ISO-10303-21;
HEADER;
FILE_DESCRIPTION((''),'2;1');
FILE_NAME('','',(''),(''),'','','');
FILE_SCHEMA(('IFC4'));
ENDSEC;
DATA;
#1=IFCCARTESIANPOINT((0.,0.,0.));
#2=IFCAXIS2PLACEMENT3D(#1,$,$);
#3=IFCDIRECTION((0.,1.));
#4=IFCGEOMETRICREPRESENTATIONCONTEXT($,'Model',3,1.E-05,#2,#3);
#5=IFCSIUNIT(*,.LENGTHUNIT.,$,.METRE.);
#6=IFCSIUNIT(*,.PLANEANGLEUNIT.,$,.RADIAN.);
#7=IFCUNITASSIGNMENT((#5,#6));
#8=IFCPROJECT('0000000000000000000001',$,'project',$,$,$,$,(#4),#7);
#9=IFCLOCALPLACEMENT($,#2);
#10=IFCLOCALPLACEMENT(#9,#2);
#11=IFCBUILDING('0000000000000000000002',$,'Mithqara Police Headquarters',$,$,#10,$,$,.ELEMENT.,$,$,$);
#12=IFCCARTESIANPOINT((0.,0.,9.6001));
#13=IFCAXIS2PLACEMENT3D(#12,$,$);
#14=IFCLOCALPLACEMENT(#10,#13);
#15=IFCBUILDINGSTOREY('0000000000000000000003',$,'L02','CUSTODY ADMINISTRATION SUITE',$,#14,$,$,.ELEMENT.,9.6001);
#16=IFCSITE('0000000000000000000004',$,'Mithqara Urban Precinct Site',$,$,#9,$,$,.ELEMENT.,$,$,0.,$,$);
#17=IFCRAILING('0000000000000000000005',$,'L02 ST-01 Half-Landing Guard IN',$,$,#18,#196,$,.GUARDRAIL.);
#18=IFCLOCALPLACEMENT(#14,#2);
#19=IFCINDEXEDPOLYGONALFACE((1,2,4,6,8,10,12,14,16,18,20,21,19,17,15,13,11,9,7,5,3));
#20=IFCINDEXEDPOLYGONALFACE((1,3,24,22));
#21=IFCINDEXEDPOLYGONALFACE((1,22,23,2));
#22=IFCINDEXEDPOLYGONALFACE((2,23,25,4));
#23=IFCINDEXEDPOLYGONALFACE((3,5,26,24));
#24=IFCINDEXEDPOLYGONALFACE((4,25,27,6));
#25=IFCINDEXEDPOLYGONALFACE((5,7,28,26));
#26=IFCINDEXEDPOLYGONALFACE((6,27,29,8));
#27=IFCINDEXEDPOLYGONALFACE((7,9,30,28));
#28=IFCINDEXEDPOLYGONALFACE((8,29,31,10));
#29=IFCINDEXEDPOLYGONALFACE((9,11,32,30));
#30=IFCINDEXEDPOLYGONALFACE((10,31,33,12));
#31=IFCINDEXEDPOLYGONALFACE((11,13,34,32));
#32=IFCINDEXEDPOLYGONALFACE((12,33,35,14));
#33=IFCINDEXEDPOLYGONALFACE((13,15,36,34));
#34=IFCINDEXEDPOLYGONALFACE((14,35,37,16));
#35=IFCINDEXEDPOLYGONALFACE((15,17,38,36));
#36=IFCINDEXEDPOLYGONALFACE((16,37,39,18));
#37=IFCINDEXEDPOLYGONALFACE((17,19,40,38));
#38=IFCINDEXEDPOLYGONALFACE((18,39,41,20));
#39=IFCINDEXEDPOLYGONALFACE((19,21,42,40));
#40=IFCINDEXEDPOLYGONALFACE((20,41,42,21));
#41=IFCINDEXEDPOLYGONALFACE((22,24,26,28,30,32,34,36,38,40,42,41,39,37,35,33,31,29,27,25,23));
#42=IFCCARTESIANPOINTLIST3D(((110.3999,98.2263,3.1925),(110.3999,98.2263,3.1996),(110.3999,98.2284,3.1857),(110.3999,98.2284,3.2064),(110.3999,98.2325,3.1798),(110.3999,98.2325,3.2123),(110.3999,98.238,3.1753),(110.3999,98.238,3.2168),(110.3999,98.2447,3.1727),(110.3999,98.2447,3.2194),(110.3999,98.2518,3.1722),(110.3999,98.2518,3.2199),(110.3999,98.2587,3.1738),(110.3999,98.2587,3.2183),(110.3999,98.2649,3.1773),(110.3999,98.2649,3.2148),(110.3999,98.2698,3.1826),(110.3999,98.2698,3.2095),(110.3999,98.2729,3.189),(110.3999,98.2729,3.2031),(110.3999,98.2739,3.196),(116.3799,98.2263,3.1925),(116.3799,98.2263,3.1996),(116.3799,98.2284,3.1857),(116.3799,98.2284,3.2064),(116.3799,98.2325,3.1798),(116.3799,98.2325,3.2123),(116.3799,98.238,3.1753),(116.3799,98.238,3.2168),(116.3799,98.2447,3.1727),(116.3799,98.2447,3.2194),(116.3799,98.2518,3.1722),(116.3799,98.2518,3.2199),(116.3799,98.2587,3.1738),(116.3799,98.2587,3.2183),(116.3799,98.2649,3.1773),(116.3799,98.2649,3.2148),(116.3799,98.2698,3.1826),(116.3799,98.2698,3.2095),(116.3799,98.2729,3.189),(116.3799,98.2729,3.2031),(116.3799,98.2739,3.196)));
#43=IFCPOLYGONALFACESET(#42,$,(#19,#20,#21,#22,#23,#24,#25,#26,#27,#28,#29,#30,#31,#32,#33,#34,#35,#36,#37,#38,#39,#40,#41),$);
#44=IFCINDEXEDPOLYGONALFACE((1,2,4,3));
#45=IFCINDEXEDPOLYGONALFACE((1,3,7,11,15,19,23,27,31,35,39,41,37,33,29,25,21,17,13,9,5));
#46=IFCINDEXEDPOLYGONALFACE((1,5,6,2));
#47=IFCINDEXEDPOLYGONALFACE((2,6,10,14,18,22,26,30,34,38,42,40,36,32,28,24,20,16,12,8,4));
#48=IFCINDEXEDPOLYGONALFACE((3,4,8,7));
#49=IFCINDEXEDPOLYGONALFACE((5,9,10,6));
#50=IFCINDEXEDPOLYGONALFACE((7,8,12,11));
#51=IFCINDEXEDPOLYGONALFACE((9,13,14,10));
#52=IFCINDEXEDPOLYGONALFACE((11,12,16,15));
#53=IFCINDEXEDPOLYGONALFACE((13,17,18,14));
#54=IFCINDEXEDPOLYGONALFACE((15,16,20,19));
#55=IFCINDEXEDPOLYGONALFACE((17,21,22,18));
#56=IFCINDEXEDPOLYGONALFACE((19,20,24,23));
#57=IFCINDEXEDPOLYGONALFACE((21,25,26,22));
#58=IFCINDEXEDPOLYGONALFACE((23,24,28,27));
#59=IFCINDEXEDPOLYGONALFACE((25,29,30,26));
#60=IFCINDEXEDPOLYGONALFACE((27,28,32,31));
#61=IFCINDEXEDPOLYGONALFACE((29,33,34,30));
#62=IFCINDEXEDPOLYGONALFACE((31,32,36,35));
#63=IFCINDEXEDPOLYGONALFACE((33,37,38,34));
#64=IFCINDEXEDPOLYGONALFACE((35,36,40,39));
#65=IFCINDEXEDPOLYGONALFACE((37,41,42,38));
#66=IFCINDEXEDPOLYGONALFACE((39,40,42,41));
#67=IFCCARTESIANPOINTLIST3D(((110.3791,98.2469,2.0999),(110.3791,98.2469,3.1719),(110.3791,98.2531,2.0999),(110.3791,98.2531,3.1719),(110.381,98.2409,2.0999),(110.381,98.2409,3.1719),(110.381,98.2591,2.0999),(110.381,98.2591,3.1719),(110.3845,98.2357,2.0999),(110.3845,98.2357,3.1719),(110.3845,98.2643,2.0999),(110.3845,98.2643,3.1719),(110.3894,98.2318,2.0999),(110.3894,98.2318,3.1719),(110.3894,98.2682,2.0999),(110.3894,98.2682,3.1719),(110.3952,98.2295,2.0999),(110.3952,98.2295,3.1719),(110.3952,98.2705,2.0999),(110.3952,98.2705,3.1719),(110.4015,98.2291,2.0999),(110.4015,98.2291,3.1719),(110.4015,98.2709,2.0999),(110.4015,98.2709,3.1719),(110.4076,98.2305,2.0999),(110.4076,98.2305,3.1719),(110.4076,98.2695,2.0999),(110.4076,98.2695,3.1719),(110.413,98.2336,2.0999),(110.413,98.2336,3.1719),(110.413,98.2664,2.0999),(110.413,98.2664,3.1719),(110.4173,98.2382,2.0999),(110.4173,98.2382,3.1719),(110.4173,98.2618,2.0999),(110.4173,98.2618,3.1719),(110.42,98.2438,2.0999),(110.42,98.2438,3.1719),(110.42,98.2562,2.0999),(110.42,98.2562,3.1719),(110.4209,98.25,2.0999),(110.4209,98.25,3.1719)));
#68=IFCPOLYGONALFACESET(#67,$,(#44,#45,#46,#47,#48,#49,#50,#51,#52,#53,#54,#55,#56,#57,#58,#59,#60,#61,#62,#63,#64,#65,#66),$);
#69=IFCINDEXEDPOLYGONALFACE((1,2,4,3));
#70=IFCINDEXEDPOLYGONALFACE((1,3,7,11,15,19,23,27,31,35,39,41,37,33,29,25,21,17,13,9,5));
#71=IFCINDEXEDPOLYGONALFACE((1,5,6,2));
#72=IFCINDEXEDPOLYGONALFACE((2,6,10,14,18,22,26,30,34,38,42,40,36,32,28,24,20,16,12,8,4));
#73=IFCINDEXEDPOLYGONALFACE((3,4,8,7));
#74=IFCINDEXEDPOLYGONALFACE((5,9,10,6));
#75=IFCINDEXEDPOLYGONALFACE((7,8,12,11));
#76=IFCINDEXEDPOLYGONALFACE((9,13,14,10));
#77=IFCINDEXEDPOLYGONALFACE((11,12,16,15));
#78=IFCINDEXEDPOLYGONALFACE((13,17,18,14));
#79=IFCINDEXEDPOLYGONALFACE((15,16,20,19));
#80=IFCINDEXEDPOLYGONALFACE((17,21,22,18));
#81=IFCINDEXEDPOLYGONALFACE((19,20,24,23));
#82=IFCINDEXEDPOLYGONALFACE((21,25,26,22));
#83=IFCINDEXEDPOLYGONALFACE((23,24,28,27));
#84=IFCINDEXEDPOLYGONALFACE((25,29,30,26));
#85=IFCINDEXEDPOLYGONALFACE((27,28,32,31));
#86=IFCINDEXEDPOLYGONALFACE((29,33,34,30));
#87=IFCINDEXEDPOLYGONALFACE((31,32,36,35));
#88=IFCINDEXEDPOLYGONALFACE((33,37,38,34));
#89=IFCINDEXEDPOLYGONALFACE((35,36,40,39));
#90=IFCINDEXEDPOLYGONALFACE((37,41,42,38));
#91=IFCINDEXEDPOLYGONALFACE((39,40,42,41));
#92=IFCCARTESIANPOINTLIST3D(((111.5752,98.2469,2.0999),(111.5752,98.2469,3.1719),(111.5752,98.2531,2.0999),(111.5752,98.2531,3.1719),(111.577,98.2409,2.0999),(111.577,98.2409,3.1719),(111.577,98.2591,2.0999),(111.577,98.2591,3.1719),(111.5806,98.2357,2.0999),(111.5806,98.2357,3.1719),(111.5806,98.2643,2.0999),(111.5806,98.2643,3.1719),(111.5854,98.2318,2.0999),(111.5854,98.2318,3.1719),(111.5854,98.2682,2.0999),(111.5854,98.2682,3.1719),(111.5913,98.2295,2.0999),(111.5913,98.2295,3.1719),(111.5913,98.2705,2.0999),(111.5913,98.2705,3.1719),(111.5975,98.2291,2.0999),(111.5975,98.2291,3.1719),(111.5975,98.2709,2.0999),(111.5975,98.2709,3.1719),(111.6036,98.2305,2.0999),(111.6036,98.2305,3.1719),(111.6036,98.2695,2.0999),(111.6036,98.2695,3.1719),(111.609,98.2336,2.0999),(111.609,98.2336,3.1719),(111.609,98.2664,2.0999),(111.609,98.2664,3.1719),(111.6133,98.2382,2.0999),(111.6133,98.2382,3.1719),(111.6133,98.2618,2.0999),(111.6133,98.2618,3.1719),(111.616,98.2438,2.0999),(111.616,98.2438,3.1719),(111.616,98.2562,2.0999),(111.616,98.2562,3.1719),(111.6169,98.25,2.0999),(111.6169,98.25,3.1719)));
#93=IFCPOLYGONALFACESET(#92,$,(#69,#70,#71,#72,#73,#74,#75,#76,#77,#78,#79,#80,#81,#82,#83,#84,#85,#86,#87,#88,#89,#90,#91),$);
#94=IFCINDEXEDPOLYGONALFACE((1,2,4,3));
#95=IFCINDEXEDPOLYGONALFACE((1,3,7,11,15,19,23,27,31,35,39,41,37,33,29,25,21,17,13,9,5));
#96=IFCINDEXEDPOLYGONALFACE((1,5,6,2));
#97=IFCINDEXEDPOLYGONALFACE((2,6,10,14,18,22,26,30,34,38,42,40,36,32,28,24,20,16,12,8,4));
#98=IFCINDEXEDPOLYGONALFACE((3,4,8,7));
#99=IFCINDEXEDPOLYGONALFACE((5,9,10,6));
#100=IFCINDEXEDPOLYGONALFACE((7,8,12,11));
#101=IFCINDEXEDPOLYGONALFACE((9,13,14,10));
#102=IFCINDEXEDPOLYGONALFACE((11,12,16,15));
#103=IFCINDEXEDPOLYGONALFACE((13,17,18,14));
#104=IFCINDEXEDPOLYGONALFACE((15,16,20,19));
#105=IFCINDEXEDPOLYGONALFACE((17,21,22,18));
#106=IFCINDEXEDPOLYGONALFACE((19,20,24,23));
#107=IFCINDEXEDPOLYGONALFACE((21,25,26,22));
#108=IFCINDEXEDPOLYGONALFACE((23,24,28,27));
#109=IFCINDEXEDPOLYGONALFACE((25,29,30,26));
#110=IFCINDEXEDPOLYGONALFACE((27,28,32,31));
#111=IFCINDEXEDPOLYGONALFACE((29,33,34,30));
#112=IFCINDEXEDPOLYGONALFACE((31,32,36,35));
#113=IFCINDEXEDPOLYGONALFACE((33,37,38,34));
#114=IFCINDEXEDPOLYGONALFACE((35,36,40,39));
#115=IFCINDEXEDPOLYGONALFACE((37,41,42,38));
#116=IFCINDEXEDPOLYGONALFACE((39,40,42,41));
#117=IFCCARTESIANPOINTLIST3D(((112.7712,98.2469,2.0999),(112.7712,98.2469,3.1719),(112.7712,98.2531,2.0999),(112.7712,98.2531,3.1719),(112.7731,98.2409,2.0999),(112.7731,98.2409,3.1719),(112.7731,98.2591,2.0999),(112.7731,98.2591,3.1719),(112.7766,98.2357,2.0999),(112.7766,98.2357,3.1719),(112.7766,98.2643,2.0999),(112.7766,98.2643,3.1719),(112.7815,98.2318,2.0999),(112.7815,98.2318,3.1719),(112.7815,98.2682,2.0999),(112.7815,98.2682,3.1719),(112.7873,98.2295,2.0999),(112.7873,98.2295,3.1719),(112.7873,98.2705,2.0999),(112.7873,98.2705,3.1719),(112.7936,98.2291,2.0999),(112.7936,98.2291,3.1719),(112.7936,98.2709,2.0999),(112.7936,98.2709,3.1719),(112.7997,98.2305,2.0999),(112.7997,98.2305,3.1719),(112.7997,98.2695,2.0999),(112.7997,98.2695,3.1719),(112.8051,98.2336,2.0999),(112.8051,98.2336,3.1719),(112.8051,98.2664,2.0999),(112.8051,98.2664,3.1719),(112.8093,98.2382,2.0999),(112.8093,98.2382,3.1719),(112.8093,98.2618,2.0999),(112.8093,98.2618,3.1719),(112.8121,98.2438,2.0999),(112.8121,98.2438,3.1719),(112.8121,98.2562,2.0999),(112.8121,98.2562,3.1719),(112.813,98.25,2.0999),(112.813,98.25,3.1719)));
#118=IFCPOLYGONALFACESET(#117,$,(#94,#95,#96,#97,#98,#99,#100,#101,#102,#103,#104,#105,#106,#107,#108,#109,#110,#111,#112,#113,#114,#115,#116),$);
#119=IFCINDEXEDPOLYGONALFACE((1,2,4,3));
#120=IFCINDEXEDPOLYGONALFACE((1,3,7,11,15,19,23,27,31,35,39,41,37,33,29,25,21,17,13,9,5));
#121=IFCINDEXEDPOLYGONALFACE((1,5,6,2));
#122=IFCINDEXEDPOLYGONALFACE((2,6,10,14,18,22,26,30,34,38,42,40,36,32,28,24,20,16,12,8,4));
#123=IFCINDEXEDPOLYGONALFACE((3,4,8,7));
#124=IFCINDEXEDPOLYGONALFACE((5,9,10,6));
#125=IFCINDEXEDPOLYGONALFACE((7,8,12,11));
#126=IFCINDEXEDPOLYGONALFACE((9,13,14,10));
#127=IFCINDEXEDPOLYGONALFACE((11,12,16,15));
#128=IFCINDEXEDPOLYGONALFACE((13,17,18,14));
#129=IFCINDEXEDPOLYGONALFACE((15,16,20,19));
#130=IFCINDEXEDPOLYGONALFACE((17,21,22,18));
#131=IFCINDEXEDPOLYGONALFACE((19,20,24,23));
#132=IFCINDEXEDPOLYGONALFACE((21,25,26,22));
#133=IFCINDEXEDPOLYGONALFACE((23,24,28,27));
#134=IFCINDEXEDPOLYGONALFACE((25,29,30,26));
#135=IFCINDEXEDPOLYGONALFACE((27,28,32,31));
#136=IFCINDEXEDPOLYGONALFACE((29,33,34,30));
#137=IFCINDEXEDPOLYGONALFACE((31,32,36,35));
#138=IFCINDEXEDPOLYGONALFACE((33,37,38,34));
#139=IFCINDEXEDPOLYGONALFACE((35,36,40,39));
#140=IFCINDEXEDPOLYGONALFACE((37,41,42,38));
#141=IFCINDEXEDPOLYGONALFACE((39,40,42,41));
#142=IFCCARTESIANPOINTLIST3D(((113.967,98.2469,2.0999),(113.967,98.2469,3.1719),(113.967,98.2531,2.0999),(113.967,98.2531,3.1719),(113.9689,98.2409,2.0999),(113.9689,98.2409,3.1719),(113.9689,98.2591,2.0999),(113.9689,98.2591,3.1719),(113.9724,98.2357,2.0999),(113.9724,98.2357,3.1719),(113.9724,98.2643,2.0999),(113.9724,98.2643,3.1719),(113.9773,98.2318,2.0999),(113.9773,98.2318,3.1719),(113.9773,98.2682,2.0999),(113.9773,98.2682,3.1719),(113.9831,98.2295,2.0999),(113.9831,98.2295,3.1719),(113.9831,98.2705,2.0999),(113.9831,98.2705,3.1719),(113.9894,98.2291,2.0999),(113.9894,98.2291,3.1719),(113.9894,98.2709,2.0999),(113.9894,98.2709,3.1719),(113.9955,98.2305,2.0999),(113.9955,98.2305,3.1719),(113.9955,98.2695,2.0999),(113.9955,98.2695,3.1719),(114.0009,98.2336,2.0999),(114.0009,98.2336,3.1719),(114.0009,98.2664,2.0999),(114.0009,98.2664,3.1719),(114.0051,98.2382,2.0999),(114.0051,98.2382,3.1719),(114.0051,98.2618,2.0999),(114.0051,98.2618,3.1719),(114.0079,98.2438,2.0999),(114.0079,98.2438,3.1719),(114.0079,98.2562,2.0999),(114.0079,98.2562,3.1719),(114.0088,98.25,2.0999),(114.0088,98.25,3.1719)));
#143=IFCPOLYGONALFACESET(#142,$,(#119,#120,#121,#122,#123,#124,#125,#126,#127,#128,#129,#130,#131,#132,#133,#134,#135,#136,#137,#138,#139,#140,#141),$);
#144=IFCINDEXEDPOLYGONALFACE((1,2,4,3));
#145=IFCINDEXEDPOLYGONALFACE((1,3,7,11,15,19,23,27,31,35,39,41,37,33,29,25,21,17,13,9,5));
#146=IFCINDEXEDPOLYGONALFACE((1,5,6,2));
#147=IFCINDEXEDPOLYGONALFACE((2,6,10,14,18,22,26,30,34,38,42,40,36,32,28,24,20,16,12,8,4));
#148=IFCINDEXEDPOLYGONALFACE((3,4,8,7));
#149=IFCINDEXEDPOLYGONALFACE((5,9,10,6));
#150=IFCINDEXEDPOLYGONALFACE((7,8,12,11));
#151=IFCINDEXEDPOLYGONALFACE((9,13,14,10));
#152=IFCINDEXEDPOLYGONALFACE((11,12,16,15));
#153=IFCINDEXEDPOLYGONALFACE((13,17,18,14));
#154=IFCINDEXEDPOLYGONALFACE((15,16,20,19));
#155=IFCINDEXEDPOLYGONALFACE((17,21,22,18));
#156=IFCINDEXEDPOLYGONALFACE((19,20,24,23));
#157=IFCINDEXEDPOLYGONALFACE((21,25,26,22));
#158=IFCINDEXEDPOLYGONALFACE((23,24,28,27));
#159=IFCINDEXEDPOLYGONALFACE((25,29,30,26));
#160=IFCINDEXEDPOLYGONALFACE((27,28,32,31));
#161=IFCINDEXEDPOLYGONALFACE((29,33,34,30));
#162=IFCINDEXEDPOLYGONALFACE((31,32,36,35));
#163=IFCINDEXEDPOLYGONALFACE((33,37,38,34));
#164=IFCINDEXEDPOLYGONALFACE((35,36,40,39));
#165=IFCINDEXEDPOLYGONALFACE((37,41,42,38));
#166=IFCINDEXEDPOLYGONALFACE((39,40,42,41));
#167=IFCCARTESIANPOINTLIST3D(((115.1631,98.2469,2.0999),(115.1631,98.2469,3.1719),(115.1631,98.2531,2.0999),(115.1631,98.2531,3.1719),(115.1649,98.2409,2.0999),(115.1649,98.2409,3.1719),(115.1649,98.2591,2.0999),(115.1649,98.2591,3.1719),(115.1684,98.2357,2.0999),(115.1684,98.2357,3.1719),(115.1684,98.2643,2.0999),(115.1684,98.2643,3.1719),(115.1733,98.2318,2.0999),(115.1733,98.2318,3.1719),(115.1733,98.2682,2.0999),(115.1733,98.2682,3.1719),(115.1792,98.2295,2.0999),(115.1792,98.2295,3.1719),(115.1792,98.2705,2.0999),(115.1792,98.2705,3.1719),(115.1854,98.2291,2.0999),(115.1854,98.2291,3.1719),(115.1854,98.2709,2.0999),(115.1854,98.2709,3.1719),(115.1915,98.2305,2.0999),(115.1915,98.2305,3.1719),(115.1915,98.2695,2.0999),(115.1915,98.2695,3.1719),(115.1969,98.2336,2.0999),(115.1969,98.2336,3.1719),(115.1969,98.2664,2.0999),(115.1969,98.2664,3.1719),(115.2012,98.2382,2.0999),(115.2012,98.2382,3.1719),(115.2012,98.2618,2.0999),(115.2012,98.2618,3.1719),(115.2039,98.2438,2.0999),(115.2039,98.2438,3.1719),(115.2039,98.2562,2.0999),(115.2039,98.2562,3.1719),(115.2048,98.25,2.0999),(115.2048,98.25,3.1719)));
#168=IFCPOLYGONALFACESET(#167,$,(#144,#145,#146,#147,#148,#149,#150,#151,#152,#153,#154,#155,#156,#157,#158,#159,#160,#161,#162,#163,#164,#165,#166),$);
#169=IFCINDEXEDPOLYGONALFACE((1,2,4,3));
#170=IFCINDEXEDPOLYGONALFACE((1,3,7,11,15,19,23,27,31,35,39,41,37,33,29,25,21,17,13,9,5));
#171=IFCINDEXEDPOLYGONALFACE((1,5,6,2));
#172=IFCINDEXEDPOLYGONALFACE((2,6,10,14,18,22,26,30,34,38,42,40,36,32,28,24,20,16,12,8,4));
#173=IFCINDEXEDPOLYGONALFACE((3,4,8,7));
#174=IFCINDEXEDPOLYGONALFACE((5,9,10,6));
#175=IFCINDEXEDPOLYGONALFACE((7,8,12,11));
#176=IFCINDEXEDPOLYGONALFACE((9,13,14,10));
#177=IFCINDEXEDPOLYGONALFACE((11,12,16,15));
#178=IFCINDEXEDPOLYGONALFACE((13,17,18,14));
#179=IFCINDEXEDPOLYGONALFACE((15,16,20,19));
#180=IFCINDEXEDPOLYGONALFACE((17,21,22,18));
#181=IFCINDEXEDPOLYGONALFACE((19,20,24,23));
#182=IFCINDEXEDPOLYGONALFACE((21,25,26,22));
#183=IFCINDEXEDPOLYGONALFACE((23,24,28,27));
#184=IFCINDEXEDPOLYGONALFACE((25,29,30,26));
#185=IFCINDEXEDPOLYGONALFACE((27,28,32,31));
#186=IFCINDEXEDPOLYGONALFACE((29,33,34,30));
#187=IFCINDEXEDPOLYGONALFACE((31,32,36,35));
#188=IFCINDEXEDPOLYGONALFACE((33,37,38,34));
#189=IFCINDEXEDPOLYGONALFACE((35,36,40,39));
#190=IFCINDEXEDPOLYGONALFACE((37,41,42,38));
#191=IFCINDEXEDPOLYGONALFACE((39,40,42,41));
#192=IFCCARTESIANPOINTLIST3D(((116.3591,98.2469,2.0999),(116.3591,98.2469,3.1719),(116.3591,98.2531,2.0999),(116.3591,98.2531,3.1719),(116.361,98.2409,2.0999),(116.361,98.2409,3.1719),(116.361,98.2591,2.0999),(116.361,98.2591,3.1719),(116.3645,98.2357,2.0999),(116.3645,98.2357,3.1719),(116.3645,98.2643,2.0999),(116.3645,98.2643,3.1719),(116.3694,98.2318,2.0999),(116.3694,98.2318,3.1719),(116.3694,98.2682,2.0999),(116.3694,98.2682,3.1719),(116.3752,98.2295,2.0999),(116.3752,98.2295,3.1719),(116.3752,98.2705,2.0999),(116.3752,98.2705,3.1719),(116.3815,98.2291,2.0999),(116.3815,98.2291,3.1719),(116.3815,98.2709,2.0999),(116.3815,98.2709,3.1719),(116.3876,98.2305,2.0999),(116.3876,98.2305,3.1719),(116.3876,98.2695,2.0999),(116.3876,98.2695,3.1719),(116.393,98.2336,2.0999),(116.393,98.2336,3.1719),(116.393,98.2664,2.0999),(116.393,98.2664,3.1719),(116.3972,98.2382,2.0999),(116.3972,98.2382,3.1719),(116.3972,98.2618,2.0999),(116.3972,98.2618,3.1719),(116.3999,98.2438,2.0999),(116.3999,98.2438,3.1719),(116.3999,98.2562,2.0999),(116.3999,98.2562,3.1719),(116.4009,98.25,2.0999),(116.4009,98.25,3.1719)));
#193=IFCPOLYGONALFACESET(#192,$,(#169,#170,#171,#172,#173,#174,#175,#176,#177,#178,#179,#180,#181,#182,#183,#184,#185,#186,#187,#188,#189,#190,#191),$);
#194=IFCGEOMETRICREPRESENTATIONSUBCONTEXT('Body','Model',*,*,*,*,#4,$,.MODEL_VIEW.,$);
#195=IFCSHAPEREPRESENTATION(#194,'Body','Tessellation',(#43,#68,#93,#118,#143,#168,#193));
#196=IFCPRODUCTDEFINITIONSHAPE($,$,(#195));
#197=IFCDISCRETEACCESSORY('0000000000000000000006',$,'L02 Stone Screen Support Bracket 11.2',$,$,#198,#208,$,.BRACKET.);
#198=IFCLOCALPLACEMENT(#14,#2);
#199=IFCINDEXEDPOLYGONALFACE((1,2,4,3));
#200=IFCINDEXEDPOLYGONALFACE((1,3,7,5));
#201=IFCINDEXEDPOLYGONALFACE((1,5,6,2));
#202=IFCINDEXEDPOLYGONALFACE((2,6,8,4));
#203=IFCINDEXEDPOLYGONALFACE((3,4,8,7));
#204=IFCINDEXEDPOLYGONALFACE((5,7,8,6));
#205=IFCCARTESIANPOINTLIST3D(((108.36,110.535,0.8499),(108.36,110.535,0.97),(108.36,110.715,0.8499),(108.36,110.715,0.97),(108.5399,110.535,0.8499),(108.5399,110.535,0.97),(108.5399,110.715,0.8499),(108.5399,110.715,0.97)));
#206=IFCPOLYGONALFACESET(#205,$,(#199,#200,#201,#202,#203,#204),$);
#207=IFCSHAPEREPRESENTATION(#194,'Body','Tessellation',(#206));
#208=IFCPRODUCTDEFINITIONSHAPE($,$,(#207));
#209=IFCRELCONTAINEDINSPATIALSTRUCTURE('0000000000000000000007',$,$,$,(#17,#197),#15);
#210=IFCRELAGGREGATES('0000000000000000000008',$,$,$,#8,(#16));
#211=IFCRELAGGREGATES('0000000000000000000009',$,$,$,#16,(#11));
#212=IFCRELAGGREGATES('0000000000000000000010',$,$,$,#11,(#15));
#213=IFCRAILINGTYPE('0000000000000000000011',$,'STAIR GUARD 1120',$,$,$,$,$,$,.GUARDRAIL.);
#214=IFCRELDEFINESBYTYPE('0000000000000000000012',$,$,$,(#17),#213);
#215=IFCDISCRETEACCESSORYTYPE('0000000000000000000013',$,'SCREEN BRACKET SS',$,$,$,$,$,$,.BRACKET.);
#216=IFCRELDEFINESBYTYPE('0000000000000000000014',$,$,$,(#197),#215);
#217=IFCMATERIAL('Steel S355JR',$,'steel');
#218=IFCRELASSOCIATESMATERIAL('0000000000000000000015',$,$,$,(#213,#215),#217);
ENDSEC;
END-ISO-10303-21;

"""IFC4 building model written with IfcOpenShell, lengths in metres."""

from ifc_helpers import new_model, si_unit, direction, frame, origin, origin_2d, place, context, subcontext, project, spatial, rectangle, circle, extrude, material, type_object, element, save


model = new_model("IFC4")

# Units and contexts
model_context = context("Model", 3, precision=1e-05, world=origin(), true_north=direction((0.0, 1.0)))
body_context = subcontext(model_context, "Body", "Model", "MODEL_VIEW")
ifc_project = project(units=[si_unit("LENGTHUNIT", "METRE"), si_unit("PLANEANGLEUNIT", "RADIAN")], contexts=[model_context])

# Site, building, storey
site_placement = place(None, origin())
site = spatial("IfcSite", under=ifc_project, at=site_placement, Name="Mithqara Urban Precinct Site", CompositionType="ELEMENT", RefElevation=0.0)
building_placement = place(site_placement, origin())
building = spatial("IfcBuilding", under=site, at=building_placement, Name="Mithqara Police Headquarters", CompositionType="ELEMENT")
storey_placement = place(building_placement, frame((0.0, 0.0, 9.6001)))
storey = spatial("IfcBuildingStorey", under=building, at=storey_placement, Name="L02", Description="CUSTODY ADMINISTRATION SUITE", CompositionType="ELEMENT", Elevation=9.6001)

# Shared definitions
ifc_material_1 = material(Name="Steel S355JR", Category="steel")

# Railing
railing_type = type_object("IfcRailingType", Name="STAIR GUARD 1120", PredefinedType="GUARDRAIL", material=ifc_material_1)
railing_placement = place(storey_placement, frame((110.3999, 98.25, 2.0999)))
element("IfcRailing", 1, at=railing_placement, inside=storey, type_object=railing_type, Name="L02 ST-01 Half-Landing Guard IN", PredefinedType="GUARDRAIL", context=body_context, shape_type="SweptSolid", body=[
    extrude(circle(Radius=0.0239, at=origin_2d()), frame((0.0, 0.0, 1.0962), z_axis=(1.0, 0.0, 0.0), x_axis=(0.0, 1.0, 0.0)), (0.0, 0.0, 1.0), 5.98),
    extrude(circle(Radius=0.021, at=origin_2d()), origin(), (0.0, 0.0, 1.0), 1.072),
    extrude(circle(Radius=0.021, at=origin_2d()), frame((1.196, 0.0, 0.0)), (0.0, 0.0, 1.0), 1.072),
    extrude(circle(Radius=0.021, at=origin_2d()), frame((2.3921, 0.0, 0.0)), (0.0, 0.0, 1.0), 1.072),
    extrude(circle(Radius=0.021, at=origin_2d()), frame((3.5879, 0.0, 0.0)), (0.0, 0.0, 1.0), 1.072),
    extrude(circle(Radius=0.021, at=origin_2d()), frame((4.7839, 0.0, 0.0)), (0.0, 0.0, 1.0), 1.072),
    extrude(circle(Radius=0.021, at=origin_2d()), frame((5.98, 0.0, 0.0)), (0.0, 0.0, 1.0), 1.072),
])

# Discrete accessory
discrete_accessory_type = type_object("IfcDiscreteAccessoryType", Name="SCREEN BRACKET SS", PredefinedType="BRACKET", material=ifc_material_1)
discrete_accessory_placement = place(storey_placement, frame((108.45, 110.625, 0.8499), z_axis=(0.0, 0.0, 1.0), x_axis=(0.0, 1.0, 0.0)))
element("IfcDiscreteAccessory", 2, at=discrete_accessory_placement, inside=storey, type_object=discrete_accessory_type, Name="L02 Stone Screen Support Bracket 11.2", PredefinedType="BRACKET", context=body_context, shape_type="SweptSolid", body=[
    extrude(rectangle(XDim=0.1799, YDim=0.1799, at=origin_2d()), origin(), (0.0, 0.0, 1.0), 0.1201),
])

save(model, "model.ifc")
